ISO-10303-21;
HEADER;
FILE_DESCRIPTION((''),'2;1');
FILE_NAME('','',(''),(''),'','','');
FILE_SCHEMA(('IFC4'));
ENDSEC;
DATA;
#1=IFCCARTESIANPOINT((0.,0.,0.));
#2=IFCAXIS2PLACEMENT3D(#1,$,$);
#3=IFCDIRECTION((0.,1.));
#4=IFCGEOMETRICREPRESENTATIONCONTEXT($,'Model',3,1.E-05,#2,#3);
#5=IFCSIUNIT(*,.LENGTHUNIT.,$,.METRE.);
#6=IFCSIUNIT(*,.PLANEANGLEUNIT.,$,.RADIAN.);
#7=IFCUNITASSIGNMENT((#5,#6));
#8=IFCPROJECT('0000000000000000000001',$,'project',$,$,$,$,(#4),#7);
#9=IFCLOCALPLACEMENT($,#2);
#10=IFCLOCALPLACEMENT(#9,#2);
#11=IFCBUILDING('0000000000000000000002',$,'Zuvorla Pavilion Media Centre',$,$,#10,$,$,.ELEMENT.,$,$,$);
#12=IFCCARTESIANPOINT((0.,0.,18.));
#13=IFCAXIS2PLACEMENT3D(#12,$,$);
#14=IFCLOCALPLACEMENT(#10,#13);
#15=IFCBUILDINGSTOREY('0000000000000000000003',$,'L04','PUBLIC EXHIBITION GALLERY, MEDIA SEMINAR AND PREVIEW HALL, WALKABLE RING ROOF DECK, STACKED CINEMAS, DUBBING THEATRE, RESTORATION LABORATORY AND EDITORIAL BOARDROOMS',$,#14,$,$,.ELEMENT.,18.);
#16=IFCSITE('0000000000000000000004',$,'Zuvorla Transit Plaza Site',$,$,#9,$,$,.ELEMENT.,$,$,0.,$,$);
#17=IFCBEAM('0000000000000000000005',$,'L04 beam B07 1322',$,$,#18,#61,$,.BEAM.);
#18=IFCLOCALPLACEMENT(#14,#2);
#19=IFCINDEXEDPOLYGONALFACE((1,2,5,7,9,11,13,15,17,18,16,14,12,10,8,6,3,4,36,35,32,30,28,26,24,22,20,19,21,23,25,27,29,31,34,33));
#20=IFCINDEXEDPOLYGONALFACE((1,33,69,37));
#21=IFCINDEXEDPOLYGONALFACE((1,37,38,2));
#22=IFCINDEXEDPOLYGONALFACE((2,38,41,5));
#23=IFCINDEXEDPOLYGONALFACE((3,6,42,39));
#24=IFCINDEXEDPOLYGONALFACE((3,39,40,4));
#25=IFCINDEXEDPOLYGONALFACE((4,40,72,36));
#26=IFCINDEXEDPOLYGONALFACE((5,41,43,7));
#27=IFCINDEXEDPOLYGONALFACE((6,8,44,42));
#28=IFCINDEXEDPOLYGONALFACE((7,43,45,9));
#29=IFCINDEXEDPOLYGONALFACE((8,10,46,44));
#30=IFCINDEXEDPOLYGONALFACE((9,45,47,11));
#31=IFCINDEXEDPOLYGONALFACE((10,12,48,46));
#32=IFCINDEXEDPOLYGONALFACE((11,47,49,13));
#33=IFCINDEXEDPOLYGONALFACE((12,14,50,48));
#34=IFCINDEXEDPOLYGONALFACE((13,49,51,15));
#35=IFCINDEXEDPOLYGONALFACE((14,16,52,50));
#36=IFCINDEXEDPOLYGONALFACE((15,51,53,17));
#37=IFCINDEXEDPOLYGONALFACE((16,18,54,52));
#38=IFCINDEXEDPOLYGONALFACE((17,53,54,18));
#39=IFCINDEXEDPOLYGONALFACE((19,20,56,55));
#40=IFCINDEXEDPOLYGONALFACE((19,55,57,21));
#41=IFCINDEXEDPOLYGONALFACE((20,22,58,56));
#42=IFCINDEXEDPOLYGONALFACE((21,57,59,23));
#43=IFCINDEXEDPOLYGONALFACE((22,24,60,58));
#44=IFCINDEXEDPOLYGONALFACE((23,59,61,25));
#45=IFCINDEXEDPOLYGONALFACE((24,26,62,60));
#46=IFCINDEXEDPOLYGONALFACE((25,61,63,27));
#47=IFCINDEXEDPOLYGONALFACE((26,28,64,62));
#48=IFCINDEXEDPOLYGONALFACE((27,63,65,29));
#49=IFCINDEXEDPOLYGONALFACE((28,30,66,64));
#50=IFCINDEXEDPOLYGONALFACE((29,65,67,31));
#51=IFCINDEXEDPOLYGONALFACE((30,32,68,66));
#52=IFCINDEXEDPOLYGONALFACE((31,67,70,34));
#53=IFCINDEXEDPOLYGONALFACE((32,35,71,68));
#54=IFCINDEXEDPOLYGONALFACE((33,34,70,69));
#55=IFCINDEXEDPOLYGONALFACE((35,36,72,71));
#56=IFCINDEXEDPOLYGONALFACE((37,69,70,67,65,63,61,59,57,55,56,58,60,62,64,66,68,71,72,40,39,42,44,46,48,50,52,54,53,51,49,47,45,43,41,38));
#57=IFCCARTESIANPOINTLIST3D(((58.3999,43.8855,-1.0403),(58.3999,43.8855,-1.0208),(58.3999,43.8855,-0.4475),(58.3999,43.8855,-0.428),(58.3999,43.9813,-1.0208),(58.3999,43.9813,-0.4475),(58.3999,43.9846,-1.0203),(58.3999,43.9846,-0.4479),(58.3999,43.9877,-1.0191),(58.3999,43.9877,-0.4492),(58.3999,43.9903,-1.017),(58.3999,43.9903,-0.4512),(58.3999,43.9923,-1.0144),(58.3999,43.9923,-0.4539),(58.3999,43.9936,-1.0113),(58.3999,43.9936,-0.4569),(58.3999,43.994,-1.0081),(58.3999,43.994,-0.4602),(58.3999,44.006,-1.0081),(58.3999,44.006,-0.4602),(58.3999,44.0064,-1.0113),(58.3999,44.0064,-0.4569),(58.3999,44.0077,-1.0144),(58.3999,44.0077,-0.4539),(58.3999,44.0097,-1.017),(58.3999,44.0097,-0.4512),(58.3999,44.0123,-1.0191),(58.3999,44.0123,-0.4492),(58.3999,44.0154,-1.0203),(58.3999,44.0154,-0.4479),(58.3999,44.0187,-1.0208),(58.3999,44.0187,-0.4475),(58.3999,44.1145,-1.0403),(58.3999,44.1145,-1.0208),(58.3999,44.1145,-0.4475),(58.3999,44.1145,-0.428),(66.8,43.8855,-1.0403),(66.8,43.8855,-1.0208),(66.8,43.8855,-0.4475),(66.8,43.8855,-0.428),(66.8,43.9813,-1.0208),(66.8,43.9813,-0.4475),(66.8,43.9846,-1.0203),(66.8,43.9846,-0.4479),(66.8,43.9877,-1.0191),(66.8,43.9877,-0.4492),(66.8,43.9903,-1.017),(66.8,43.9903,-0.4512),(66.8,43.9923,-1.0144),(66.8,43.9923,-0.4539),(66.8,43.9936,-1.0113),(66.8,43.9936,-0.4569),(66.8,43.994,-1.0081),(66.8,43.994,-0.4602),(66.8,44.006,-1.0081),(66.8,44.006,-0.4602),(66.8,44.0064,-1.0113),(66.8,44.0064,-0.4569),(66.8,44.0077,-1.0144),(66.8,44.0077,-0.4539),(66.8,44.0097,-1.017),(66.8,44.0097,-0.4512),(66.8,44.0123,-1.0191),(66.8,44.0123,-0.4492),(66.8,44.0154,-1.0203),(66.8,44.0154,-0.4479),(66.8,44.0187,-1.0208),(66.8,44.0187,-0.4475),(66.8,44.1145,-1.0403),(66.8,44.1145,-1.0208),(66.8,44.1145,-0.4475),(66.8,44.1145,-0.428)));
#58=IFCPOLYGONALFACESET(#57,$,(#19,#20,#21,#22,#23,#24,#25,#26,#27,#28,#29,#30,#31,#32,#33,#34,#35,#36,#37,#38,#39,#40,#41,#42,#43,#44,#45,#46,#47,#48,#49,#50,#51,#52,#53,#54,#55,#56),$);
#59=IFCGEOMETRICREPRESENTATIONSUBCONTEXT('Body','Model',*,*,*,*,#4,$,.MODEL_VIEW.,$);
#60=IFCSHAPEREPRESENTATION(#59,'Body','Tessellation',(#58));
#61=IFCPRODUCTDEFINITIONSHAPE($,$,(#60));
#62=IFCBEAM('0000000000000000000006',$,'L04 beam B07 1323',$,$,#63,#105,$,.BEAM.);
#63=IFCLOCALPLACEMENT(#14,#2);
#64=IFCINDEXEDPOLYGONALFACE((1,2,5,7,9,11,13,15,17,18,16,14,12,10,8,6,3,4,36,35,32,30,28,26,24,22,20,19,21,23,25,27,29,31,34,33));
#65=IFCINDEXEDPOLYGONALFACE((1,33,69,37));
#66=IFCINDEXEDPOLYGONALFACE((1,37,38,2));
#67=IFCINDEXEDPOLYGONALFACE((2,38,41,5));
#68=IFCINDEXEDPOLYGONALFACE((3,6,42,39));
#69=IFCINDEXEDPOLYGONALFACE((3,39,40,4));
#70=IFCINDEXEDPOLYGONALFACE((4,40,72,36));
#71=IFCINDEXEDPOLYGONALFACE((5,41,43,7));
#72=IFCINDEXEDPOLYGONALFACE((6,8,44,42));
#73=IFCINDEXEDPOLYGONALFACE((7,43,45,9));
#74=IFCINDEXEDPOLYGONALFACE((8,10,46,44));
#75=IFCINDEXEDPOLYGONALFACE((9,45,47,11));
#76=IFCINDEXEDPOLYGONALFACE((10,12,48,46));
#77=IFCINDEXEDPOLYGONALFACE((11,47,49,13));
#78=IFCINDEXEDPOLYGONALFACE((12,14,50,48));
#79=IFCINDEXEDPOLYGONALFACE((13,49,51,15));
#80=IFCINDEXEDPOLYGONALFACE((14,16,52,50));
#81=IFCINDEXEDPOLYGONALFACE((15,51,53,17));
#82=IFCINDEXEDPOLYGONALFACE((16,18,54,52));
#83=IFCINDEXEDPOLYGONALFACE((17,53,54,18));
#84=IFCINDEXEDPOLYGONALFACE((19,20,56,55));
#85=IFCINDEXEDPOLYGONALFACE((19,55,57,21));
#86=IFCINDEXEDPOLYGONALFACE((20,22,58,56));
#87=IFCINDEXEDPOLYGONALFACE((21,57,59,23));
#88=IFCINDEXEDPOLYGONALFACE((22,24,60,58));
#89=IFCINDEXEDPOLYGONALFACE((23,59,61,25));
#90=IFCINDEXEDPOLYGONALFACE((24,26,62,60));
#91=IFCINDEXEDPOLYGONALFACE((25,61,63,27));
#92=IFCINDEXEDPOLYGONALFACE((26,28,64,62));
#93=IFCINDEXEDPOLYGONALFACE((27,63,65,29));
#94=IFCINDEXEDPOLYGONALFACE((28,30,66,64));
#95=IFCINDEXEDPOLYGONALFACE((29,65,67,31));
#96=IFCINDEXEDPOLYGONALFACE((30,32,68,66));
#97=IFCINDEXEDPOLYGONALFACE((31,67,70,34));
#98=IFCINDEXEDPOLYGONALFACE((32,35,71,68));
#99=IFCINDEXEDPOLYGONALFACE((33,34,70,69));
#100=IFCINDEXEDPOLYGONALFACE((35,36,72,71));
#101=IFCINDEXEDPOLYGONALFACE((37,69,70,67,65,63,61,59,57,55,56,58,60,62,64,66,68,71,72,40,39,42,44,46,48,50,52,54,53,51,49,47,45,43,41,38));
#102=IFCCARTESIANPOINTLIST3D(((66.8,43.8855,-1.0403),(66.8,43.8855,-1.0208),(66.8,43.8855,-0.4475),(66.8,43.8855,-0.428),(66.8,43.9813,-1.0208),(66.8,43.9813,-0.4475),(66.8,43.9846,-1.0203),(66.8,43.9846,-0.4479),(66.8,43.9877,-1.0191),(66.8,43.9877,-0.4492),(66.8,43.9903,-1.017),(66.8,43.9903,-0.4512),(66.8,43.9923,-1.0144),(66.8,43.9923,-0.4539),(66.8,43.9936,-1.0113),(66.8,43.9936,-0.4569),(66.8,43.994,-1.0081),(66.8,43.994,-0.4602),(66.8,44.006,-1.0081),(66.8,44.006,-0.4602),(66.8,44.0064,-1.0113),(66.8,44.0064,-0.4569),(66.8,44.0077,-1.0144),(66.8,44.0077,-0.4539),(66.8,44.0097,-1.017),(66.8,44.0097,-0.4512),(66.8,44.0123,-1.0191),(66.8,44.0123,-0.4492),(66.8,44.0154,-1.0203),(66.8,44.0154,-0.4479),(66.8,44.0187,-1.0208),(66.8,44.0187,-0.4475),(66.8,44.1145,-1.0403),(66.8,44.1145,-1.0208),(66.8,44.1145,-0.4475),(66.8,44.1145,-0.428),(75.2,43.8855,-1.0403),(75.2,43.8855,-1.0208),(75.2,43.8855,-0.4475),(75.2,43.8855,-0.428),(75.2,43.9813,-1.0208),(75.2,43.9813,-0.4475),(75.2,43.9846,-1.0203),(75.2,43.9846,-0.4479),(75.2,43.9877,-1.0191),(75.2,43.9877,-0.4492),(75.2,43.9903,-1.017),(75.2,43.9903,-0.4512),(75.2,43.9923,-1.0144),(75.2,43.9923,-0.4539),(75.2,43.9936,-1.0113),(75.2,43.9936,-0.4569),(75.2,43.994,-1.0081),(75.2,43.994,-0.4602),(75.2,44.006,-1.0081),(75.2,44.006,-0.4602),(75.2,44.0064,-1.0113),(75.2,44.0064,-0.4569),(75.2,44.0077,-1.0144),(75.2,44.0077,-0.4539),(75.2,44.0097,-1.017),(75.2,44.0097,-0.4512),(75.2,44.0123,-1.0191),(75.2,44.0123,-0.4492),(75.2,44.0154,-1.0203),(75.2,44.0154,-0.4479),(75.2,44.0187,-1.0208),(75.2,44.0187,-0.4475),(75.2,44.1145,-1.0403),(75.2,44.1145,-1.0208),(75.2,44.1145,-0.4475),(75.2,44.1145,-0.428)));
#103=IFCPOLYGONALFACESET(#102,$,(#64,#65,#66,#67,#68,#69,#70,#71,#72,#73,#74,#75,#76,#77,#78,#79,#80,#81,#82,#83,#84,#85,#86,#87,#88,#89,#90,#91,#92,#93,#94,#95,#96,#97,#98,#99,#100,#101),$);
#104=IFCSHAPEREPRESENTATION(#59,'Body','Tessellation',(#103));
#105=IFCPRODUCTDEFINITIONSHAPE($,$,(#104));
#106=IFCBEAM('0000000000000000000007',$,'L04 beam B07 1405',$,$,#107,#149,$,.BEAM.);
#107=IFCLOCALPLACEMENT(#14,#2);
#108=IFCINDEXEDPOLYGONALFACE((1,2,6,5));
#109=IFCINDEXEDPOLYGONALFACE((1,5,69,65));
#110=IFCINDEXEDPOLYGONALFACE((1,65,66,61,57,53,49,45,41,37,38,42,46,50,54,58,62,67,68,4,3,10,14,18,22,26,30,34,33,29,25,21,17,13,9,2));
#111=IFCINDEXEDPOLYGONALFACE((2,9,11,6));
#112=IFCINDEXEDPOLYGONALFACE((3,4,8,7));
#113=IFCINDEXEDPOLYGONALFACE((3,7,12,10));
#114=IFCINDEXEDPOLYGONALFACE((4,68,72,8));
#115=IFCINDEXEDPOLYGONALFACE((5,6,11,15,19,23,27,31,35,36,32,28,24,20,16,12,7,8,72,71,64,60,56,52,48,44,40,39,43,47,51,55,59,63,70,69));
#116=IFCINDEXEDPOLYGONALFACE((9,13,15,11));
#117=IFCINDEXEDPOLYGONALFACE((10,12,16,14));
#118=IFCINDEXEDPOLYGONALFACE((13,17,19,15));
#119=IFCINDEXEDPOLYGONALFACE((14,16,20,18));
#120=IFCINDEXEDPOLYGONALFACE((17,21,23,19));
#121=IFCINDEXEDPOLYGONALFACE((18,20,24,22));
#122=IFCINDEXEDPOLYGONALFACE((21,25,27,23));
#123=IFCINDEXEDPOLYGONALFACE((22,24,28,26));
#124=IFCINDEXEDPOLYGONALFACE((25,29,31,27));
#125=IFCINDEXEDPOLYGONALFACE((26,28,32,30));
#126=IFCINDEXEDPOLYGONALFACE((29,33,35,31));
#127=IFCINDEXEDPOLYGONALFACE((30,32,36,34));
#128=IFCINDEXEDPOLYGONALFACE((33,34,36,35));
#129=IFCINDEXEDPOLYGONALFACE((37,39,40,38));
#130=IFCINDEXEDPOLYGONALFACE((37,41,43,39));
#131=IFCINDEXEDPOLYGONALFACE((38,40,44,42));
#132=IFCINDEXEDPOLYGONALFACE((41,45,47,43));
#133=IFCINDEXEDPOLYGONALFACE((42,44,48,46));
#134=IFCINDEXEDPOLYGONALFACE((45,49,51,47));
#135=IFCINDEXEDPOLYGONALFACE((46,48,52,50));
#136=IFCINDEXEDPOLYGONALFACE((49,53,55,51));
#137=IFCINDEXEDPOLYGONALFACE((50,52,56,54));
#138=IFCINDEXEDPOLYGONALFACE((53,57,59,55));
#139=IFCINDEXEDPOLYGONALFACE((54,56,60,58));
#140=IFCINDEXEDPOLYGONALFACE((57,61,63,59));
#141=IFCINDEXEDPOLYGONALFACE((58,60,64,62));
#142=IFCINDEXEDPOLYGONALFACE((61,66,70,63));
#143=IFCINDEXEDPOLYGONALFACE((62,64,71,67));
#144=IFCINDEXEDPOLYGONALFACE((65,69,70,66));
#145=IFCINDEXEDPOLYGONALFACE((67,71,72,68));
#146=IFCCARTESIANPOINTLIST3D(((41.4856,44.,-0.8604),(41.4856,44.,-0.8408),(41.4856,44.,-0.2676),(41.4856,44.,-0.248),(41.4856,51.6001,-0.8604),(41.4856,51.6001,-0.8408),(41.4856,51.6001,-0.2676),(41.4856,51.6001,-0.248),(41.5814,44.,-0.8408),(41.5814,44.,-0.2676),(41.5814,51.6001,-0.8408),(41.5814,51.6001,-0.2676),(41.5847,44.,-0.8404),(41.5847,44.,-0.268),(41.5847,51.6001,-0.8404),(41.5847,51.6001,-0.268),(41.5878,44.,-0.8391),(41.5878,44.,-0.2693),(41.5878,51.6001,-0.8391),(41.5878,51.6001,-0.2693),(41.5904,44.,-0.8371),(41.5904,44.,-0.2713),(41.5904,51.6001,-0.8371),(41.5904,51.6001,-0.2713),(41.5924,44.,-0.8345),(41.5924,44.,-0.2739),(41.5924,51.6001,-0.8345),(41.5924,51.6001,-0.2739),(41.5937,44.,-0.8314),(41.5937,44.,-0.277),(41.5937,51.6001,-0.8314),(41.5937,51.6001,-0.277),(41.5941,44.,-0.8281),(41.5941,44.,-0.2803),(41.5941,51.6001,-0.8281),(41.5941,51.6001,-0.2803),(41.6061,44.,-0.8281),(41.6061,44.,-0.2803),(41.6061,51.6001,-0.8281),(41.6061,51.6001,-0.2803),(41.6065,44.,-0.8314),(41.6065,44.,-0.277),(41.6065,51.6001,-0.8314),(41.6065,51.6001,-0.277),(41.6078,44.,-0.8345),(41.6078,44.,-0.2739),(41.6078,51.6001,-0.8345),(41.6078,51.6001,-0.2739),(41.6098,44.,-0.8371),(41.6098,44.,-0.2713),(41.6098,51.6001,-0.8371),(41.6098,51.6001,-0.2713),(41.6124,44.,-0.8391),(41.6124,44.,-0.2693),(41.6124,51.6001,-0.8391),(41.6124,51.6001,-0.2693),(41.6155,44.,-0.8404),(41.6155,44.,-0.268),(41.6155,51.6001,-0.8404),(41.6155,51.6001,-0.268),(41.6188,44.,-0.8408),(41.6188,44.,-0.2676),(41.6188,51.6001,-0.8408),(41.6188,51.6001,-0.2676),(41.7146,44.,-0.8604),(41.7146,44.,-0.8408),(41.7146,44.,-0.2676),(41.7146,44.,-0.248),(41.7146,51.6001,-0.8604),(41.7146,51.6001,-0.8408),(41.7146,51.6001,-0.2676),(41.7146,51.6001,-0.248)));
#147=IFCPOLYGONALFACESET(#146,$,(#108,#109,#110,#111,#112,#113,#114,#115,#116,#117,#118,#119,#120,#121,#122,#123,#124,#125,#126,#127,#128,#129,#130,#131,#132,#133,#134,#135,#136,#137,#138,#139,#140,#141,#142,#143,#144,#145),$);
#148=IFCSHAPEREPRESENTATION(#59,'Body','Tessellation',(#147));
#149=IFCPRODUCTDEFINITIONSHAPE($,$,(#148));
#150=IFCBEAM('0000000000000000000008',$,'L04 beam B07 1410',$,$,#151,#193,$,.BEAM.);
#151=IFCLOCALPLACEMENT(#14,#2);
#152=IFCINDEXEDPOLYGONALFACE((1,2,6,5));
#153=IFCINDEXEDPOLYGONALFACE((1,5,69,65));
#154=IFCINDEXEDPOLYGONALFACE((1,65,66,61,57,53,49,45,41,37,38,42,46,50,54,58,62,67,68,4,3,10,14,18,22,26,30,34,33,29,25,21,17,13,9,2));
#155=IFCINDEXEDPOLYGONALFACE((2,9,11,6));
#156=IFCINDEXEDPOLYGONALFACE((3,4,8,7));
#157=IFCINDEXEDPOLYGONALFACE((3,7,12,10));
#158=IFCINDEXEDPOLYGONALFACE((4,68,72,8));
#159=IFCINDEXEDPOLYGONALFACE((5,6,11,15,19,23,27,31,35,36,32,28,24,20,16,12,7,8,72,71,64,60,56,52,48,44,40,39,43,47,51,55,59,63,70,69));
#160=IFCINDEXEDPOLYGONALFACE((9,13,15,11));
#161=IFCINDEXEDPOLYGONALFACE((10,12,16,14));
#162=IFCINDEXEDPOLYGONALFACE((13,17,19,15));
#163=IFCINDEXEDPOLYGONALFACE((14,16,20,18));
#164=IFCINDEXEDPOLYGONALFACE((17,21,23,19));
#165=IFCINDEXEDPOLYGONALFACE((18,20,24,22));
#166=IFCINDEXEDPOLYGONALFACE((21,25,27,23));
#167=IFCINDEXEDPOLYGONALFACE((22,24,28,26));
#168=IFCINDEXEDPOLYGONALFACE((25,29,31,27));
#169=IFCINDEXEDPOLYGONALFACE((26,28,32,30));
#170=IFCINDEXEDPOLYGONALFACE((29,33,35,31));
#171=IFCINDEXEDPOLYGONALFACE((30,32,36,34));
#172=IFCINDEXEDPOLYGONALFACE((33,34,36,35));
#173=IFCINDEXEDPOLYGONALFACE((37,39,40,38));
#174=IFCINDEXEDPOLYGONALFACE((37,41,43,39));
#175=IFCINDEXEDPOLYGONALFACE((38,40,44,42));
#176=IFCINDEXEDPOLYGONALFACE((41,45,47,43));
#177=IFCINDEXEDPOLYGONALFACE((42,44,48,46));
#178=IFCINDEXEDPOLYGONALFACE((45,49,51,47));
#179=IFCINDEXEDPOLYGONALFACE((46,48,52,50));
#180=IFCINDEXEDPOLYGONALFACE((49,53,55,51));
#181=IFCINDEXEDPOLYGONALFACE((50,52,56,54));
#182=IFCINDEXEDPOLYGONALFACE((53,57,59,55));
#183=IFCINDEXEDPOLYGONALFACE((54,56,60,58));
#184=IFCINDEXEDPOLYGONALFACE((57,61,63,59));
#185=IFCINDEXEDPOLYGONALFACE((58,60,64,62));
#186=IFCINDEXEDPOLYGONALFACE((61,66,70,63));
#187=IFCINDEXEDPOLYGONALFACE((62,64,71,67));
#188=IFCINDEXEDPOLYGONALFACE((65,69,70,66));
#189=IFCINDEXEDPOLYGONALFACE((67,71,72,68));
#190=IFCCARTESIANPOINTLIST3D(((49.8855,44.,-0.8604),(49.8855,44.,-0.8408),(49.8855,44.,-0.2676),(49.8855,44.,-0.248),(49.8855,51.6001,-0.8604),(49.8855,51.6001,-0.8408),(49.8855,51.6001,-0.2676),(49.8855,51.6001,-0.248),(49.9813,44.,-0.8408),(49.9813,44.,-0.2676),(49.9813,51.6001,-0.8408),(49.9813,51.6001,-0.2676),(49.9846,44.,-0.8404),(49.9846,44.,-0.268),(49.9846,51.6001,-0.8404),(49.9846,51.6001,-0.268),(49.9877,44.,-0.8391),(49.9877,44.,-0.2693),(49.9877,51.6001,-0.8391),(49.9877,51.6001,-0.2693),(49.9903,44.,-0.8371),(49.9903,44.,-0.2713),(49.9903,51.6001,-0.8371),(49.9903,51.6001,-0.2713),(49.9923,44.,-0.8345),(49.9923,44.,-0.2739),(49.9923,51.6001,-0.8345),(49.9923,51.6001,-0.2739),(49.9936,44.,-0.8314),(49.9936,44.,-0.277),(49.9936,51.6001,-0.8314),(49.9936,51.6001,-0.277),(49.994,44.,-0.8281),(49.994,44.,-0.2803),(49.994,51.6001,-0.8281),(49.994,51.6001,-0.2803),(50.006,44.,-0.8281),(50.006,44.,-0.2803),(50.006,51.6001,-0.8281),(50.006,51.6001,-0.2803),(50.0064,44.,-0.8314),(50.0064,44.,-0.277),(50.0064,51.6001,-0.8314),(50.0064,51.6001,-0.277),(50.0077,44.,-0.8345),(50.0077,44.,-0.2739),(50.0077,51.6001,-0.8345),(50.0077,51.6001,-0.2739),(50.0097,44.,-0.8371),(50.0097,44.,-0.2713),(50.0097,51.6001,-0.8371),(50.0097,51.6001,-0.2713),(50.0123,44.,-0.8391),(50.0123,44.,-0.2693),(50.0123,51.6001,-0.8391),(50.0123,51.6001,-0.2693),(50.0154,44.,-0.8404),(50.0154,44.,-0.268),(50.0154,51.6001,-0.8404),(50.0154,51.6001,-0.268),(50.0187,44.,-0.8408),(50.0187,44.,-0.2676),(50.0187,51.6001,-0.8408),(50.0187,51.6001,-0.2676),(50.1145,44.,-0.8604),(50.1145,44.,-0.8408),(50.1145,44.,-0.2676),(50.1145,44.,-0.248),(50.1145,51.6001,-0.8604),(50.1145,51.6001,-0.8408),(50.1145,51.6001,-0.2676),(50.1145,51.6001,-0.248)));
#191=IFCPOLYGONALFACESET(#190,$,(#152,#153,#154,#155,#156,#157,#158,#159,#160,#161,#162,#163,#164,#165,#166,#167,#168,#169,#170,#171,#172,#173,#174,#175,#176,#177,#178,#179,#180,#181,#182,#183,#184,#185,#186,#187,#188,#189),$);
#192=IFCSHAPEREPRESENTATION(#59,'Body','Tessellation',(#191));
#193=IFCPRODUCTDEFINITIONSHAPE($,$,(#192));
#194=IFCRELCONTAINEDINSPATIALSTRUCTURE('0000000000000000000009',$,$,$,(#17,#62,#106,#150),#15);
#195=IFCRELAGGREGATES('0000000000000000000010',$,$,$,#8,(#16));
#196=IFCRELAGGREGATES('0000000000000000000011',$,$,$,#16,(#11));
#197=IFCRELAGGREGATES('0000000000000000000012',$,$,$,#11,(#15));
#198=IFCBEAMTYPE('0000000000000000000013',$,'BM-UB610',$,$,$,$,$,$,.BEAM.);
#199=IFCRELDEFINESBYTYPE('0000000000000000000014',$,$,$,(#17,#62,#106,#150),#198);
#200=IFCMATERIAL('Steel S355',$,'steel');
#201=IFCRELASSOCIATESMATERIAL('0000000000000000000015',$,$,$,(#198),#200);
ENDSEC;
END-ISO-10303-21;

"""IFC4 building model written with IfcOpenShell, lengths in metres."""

from ifc_helpers import new_model, si_unit, direction, frame, origin, origin_2d, place, context, subcontext, project, spatial, i_section, extrude, material, material_profile, profile_set, type_object, element, save


model = new_model("IFC4")

# Units and contexts
model_context = context("Model", 3, precision=1e-05, world=origin(), true_north=direction((0.0, 1.0)))
body_context = subcontext(model_context, "Body", "Model", "MODEL_VIEW")
ifc_project = project(units=[si_unit("LENGTHUNIT", "METRE"), si_unit("PLANEANGLEUNIT", "RADIAN")], contexts=[model_context])

# Site, building, storey
site_placement = place(None, origin())
site = spatial("IfcSite", under=ifc_project, at=site_placement, Name="Zuvorla Transit Plaza Site", CompositionType="ELEMENT", RefElevation=0.0)
building_placement = place(site_placement, origin())
building = spatial("IfcBuilding", under=site, at=building_placement, Name="Zuvorla Pavilion Media Centre", CompositionType="ELEMENT")
storey_placement = place(building_placement, frame((0.0, 0.0, 18.0)))
storey = spatial("IfcBuildingStorey", under=building, at=storey_placement, Name="L04", Description="PUBLIC EXHIBITION GALLERY, MEDIA SEMINAR AND PREVIEW HALL, WALKABLE RING ROOF DECK, STACKED CINEMAS, DUBBING THEATRE, RESTORATION LABORATORY AND EDITORIAL BOARDROOMS", CompositionType="ELEMENT", Elevation=18.0)

# Shared definitions
ifc_material_1 = material(Name="Steel S355", Category="steel")

# Beams
ifc_material_profile_1 = material_profile(ifc_material_1, i_section(OverallWidth=0.229, OverallDepth=0.6123, WebThickness=0.012, FlangeThickness=0.0195, FilletRadius=0.0127, at=origin_2d()), Name="UB 610x229x125")
ifc_profile_set_1 = profile_set([ifc_material_profile_1], Name="Steel S355")
beam_type_1 = type_object("IfcBeamType", Name="BM-UB610", PredefinedType="BEAM", material=ifc_profile_set_1)
beam_1_placement = place(storey_placement, frame((58.3999, 44.0, -0.7341), z_axis=(1.0, 0.0, 0.0), x_axis=(0.0, 1.0, 0.0)))
element("IfcBeam", 1, at=beam_1_placement, inside=storey, type_object=beam_type_1, Name="L04 beam B07 1322", PredefinedType="BEAM", context=body_context, shape_type="SweptSolid", body=[
    extrude(i_section(OverallWidth=0.229, OverallDepth=0.6123, WebThickness=0.012, FlangeThickness=0.0195, FilletRadius=0.0127, at=origin_2d()), origin(), (0.0, 0.0, 1.0), 8.4001),
])
beam_2_placement = place(storey_placement, frame((66.8, 44.0, -0.7341), z_axis=(1.0, 0.0, 0.0), x_axis=(0.0, 1.0, 0.0)))
element("IfcBeam", 2, at=beam_2_placement, inside=storey, type_object=beam_type_1, Name="L04 beam B07 1323", PredefinedType="BEAM", context=body_context, shape_type="SweptSolid", body=[
    extrude(i_section(OverallWidth=0.229, OverallDepth=0.6123, WebThickness=0.012, FlangeThickness=0.0195, FilletRadius=0.0127, at=origin_2d()), origin(), (0.0, 0.0, 1.0), 8.3999),
])
for number, where, z_axis, x_axis, name in (
    (3, (41.6001, 44.0, -0.5542), (0.0, 1.0, 0.0), (-1.0, 0.0, 0.0), "L04 beam B07 1405"),
    (4, (50.0, 44.0, -0.5542), (0.0, 1.0, 0.0), (-1.0, 0.0, 0.0), "L04 beam B07 1410"),
):
    element("IfcBeam", number, at=place(storey_placement, frame(where, z_axis=z_axis, x_axis=x_axis)), inside=storey, type_object=beam_type_1, Name=name, PredefinedType="BEAM", context=body_context, shape_type="SweptSolid", body=[
        extrude(i_section(OverallWidth=0.229, OverallDepth=0.6123, WebThickness=0.012, FlangeThickness=0.0195, FilletRadius=0.0127, at=origin_2d()), origin(), (0.0, 0.0, 1.0), 7.6001),
    ])

save(model, "model.ifc")
